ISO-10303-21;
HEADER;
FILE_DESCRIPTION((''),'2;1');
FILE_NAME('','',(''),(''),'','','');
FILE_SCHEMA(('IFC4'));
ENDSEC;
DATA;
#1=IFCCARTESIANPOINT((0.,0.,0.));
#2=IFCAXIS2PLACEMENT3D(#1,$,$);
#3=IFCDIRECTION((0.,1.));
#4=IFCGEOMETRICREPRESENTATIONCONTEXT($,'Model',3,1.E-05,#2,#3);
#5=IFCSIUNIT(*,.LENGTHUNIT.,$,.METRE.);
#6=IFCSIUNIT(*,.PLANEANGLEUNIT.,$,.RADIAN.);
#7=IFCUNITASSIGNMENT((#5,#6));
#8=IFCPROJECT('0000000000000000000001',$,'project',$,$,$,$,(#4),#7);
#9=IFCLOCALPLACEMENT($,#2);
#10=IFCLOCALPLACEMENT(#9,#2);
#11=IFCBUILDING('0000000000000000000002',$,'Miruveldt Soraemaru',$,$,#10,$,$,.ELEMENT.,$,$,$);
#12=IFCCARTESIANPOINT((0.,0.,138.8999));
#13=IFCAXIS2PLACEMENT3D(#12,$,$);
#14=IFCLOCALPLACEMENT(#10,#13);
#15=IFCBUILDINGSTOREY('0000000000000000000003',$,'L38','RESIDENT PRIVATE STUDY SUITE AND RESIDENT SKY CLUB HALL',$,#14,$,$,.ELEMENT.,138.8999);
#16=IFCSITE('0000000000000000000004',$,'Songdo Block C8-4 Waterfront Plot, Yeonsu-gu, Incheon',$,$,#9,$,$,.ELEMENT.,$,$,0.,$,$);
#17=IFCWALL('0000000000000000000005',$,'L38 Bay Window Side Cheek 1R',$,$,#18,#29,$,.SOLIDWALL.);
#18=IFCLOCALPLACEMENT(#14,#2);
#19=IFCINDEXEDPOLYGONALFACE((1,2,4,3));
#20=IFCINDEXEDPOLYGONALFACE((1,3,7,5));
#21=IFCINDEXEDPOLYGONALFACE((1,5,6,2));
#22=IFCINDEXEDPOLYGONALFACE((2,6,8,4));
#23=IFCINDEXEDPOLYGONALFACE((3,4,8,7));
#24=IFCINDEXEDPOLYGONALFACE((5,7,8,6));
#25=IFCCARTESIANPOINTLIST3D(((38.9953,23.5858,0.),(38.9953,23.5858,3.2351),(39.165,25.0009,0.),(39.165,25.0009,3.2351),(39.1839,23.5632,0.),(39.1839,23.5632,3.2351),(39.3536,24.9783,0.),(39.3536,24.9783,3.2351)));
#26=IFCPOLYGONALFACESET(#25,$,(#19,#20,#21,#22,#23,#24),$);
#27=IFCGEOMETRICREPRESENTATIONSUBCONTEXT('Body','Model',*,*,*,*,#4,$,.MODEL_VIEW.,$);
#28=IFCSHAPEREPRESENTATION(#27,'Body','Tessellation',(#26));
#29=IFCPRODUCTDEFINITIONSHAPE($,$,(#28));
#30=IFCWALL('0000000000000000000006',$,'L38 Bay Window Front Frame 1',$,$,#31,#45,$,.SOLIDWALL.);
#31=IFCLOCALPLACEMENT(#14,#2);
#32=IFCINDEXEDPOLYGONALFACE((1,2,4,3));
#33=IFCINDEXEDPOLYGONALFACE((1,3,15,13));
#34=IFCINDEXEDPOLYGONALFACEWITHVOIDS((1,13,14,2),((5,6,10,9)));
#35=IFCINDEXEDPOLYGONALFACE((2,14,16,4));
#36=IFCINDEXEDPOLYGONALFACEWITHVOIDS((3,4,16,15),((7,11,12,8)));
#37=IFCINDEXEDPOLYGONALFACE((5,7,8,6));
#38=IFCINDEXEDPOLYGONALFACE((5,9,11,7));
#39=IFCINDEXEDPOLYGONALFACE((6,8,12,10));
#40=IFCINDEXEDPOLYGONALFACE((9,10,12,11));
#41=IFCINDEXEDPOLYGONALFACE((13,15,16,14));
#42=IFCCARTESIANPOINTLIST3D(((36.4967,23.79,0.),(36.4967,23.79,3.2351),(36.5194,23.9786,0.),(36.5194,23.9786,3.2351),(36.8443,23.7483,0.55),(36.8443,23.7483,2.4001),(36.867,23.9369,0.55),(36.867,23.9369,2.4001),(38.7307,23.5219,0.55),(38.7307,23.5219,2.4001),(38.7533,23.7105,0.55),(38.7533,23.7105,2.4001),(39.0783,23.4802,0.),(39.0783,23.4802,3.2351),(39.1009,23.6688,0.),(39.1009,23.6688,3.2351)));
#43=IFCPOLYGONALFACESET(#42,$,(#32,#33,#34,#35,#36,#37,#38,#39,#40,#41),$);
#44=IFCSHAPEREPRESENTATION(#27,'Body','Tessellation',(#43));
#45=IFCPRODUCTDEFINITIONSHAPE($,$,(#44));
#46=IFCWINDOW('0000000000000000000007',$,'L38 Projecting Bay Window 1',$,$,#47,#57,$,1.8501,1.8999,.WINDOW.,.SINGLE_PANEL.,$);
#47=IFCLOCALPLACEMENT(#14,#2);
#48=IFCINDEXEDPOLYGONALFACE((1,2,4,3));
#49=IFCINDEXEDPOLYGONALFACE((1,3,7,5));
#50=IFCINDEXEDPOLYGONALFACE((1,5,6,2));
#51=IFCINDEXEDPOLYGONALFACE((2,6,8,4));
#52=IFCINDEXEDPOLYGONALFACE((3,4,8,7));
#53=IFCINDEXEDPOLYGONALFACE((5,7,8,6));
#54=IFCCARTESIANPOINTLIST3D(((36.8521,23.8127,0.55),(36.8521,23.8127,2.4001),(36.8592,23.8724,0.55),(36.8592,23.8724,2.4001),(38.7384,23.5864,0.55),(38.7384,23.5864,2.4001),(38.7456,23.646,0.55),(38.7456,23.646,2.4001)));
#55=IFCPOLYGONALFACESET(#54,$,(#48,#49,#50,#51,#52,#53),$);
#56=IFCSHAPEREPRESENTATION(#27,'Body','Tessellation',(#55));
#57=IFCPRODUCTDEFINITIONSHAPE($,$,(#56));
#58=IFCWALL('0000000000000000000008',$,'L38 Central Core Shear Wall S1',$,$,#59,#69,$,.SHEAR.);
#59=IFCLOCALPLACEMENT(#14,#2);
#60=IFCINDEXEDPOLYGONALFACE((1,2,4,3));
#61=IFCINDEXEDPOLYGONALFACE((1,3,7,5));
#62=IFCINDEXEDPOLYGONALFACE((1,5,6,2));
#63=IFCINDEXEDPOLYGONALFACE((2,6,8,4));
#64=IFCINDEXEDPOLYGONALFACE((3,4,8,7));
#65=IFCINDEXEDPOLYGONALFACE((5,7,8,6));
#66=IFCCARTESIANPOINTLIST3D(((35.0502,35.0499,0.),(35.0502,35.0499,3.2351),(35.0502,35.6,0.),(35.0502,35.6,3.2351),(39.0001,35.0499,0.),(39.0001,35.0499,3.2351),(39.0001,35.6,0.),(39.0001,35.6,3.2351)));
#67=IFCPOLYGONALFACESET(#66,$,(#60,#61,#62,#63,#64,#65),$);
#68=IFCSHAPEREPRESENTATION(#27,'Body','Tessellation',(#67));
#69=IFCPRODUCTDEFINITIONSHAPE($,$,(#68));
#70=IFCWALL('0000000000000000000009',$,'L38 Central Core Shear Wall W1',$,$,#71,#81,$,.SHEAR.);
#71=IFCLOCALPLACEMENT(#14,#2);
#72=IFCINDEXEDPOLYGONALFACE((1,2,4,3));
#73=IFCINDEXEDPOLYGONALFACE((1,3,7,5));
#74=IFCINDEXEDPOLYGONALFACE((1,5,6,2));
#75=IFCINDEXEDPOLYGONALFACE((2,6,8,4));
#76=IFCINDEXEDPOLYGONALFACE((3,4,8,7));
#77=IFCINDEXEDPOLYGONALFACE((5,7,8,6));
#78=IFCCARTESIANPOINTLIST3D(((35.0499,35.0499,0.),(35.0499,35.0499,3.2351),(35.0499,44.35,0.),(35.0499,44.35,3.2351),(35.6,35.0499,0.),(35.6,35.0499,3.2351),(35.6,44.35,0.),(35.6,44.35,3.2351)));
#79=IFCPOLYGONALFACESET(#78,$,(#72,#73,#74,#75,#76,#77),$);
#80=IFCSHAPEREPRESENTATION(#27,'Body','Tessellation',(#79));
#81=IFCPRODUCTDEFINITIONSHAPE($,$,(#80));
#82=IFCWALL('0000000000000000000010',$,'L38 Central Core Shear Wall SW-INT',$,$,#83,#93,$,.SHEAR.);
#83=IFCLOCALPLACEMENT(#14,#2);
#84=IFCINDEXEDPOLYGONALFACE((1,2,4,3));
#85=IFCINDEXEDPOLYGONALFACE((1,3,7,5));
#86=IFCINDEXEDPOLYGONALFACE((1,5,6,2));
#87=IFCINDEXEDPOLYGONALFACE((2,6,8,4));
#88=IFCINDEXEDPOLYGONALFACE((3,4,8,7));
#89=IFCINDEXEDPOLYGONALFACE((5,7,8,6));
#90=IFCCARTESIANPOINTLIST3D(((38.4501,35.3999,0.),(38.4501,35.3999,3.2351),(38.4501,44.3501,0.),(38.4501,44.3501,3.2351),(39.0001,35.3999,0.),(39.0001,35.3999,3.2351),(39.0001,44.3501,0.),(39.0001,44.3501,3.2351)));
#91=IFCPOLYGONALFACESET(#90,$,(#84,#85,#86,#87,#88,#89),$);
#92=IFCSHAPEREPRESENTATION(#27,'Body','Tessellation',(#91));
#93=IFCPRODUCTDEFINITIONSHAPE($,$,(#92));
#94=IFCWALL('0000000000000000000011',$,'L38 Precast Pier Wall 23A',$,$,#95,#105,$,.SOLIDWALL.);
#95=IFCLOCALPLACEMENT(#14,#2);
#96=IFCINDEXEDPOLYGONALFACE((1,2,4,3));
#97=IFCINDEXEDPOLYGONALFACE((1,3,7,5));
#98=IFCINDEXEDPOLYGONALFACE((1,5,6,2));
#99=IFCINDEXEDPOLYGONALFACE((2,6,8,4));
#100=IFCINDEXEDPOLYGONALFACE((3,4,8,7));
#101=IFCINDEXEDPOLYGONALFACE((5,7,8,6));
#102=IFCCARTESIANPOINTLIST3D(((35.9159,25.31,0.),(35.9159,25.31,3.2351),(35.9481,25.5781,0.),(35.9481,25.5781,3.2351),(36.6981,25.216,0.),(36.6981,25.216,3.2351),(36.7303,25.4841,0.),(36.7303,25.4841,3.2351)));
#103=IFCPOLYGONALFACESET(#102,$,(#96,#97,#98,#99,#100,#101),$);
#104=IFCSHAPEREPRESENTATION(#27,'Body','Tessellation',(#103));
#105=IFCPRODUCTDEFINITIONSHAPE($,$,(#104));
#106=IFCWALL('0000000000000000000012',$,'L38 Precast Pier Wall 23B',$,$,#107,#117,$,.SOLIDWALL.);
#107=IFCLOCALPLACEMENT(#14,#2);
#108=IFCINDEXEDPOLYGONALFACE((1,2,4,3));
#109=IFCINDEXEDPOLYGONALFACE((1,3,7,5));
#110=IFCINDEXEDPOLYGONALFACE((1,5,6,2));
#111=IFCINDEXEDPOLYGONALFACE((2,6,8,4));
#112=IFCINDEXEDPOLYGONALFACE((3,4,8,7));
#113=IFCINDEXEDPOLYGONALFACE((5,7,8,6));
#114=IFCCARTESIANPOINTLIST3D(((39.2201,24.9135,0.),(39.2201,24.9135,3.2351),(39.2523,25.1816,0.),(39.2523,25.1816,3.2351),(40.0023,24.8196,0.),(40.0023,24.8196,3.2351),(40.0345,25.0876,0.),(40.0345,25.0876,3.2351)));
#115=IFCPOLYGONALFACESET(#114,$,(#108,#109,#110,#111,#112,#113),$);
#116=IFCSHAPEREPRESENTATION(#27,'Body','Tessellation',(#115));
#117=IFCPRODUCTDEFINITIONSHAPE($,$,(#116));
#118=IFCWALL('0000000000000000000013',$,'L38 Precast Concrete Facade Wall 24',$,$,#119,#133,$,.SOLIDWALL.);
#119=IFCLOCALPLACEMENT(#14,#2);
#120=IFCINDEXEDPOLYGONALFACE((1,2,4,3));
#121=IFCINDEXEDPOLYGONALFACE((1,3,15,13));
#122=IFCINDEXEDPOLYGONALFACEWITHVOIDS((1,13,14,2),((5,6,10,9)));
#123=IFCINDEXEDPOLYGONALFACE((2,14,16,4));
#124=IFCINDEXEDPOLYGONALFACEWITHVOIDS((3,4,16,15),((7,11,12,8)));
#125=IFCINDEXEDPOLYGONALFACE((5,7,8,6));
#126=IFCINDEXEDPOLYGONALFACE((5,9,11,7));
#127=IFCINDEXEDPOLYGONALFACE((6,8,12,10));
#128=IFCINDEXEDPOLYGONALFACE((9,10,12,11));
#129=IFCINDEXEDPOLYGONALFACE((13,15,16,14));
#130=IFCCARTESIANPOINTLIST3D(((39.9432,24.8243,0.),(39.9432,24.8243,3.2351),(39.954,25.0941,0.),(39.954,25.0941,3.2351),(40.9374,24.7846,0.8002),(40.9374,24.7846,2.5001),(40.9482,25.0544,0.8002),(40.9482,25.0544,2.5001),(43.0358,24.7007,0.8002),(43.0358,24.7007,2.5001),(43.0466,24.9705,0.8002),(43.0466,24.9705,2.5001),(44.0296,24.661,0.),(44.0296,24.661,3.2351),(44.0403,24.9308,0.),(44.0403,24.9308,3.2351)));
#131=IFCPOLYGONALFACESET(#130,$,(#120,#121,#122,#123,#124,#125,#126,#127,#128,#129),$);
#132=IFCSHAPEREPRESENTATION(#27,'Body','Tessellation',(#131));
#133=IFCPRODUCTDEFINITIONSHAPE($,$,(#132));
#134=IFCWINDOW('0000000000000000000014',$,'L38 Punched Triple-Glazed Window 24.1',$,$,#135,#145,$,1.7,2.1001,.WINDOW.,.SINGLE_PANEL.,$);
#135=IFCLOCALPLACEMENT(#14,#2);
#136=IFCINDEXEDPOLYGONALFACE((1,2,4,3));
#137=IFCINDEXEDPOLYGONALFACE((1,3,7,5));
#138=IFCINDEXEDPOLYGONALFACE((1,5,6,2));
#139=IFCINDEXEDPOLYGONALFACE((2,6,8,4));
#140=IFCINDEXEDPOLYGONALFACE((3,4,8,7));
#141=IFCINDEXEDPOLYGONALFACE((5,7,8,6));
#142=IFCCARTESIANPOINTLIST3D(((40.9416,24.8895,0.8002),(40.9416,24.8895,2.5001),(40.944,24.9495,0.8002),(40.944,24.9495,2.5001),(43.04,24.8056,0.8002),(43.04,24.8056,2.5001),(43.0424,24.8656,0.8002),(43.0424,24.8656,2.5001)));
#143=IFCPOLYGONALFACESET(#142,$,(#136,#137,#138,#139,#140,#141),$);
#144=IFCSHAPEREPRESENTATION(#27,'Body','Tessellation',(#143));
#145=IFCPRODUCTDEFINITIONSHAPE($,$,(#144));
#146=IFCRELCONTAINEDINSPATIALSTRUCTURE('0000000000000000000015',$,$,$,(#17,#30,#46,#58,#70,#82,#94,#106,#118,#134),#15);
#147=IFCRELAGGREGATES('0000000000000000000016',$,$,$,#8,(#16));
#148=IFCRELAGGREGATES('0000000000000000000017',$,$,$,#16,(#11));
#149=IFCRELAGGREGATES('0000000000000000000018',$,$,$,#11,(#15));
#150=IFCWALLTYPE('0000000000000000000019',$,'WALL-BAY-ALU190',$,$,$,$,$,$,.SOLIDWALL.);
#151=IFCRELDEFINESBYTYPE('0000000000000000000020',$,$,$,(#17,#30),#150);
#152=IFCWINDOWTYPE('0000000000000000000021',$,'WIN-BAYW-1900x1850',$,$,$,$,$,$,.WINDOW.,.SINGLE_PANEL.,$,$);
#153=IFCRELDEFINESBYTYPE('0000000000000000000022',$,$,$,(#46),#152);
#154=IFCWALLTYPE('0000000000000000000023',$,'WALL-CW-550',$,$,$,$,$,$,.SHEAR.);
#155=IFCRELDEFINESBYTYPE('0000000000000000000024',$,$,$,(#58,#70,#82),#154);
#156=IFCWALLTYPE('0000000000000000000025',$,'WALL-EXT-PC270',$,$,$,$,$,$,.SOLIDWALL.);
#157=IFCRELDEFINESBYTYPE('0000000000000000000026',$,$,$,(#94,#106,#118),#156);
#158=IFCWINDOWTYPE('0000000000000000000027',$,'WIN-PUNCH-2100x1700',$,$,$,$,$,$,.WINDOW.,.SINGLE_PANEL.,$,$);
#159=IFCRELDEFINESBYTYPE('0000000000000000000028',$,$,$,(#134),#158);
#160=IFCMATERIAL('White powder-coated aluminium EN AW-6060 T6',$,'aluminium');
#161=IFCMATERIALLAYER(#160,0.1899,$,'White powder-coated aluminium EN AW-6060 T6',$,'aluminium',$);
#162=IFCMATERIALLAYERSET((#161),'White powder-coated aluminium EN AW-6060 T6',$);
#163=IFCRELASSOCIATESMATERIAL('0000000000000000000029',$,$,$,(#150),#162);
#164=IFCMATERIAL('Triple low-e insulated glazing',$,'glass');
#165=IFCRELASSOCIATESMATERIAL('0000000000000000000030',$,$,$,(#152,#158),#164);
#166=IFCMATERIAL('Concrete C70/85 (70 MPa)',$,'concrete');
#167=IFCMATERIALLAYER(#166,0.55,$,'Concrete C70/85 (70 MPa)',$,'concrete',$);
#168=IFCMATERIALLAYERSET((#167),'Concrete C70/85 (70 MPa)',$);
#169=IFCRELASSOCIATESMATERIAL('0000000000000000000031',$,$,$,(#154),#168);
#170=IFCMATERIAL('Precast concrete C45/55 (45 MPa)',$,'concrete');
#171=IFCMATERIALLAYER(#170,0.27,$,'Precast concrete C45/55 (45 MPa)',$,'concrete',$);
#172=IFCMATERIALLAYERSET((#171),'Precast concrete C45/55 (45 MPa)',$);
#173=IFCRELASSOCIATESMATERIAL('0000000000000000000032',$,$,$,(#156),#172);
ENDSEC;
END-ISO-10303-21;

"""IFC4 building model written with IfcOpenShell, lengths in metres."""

from ifc_helpers import new_model, si_unit, direction, frame, frame_2d, origin, place, context, subcontext, project, spatial, rectangle, extrude, material, layer, layer_set, type_object, element, fill, save


model = new_model("IFC4")

# Units and contexts
model_context = context("Model", 3, precision=1e-05, world=origin(), true_north=direction((0.0, 1.0)))
body_context = subcontext(model_context, "Body", "Model", "MODEL_VIEW")
ifc_project = project(units=[si_unit("LENGTHUNIT", "METRE"), si_unit("PLANEANGLEUNIT", "RADIAN")], contexts=[model_context])

# Site, building, storey
site_placement = place(None, origin())
site = spatial("IfcSite", under=ifc_project, at=site_placement, Name="Songdo Block C8-4 Waterfront Plot, Yeonsu-gu, Incheon", CompositionType="ELEMENT", RefElevation=0.0)
building_placement = place(site_placement, origin())
building = spatial("IfcBuilding", under=site, at=building_placement, Name="Miruveldt Soraemaru", CompositionType="ELEMENT")
storey_placement = place(building_placement, frame((0.0, 0.0, 138.8999)))
storey = spatial("IfcBuildingStorey", under=building, at=storey_placement, Name="L38", Description="RESIDENT PRIVATE STUDY SUITE AND RESIDENT SKY CLUB HALL", CompositionType="ELEMENT", Elevation=138.8999)

# Wall
ifc_material_1 = material(Name="White powder-coated aluminium EN AW-6060 T6", Category="aluminium")
ifc_layer_1 = layer(ifc_material_1, 0.1899, Name="White powder-coated aluminium EN AW-6060 T6", Category="aluminium")
ifc_layer_set_1 = layer_set([ifc_layer_1], Name="White powder-coated aluminium EN AW-6060 T6")
wall_type_1 = type_object("IfcWallType", Name="WALL-BAY-ALU190", PredefinedType="SOLIDWALL", material=ifc_layer_set_1)
for number, where, z_axis, x_axis, name in (
    (1, (39.0896, 23.5745, 0.0), (0.0, 0.0, 1.0), (0.119057, 0.992887, 0.0), "L38 Bay Window Side Cheek 1R"),
):
    element("IfcWall", number, at=place(storey_placement, frame(where, z_axis=z_axis, x_axis=x_axis)), inside=storey, type_object=wall_type_1, Name=name, PredefinedType="SOLIDWALL", context=body_context, shape_type="SweptSolid", body=[
        extrude(rectangle(XDim=1.4253, YDim=0.1899, at=frame_2d((0.7126, 0.0))), origin(), (0.0, 0.0, 1.0), 3.2351),
    ])

# Wall, opening, window
wall_1_placement = place(storey_placement, frame((36.5081, 23.8843, 0.0), z_axis=(0.0, 0.0, 1.0), x_axis=(0.992876, -0.119156, 0.0)))
wall_1 = element("IfcWall", 2, at=wall_1_placement, inside=storey, type_object=wall_type_1, Name="L38 Bay Window Front Frame 1", PredefinedType="SOLIDWALL", context=body_context, shape_type="SweptSolid", body=[
    extrude(rectangle(XDim=2.6001, YDim=0.1899, at=frame_2d((1.3, 0.0))), origin(), (0.0, 0.0, 1.0), 3.2351),
])
opening_1_placement = place(wall_1_placement, frame((0.3501, 0.0, 0.55)))
opening_1 = element("IfcOpeningElement", 3, at=opening_1_placement, cuts=wall_1, PredefinedType="OPENING", context=body_context, shape_type="SweptSolid", body=[
    extrude(rectangle(XDim=1.8999, YDim=1.8501, at=frame_2d((0.95, 0.925))), frame((0.0, 0.105, 0.0), z_axis=(0.0, -1.0, 0.0), x_axis=(1.0, 0.0, 0.0)), (0.0, 0.0, 1.0), 0.21),
])
ifc_material_2 = material(Name="Triple low-e insulated glazing", Category="glass")
window_type_1 = type_object("IfcWindowType", Name="WIN-BAYW-1900x1850", PartitioningType="SINGLE_PANEL", PredefinedType="WINDOW", material=ifc_material_2)
window_1_placement = place(opening_1_placement, origin())
window_1 = element("IfcWindow", 4, at=window_1_placement, inside=storey, type_object=window_type_1, Name="L38 Projecting Bay Window 1", OverallHeight=1.8501, OverallWidth=1.8999, PartitioningType="SINGLE_PANEL", PredefinedType="WINDOW", context=body_context, shape_type="SweptSolid", body=[
    extrude(rectangle(XDim=1.8999, YDim=1.8501, at=frame_2d((0.95, 0.925))), frame((0.0, 0.03, 0.0), z_axis=(0.0, -1.0, 0.0), x_axis=(1.0, 0.0, 0.0)), (0.0, 0.0, 1.0), 0.0601),
])
fill(opening_1, window_1)

# Walls
ifc_material_3 = material(Name="Concrete C70/85 (70 MPa)", Category="concrete")
ifc_layer_2 = layer(ifc_material_3, 0.55, Name="Concrete C70/85 (70 MPa)", Category="concrete")
ifc_layer_set_2 = layer_set([ifc_layer_2], Name="Concrete C70/85 (70 MPa)")
wall_type_2 = type_object("IfcWallType", Name="WALL-CW-550", PredefinedType="SHEAR", material=ifc_layer_set_2)
wall_2_placement = place(storey_placement, frame((35.05, 35.325, 0.0), z_axis=(0.0, 0.0, 1.0), x_axis=(1.0, 0.0, 0.0)))
element("IfcWall", 5, at=wall_2_placement, inside=storey, type_object=wall_type_2, Name="L38 Central Core Shear Wall S1", PredefinedType="SHEAR", context=body_context, shape_type="SweptSolid", body=[
    extrude(rectangle(XDim=3.95, YDim=0.55, at=frame_2d((1.9751, 0.0))), origin(), (0.0, 0.0, 1.0), 3.2351),
])
wall_3_placement = place(storey_placement, frame((35.325, 35.05, 0.0), z_axis=(0.0, 0.0, 1.0), x_axis=(0.0, 1.0, 0.0)))
element("IfcWall", 6, at=wall_3_placement, inside=storey, type_object=wall_type_2, Name="L38 Central Core Shear Wall W1", PredefinedType="SHEAR", context=body_context, shape_type="SweptSolid", body=[
    extrude(rectangle(XDim=9.3, YDim=0.55, at=frame_2d((4.6499, 0.0))), origin(), (0.0, 0.0, 1.0), 3.2351),
])
wall_4_placement = place(storey_placement, frame((38.7251, 35.3999, 0.0), z_axis=(0.0, 0.0, 1.0), x_axis=(0.0, 1.0, 0.0)))
element("IfcWall", 7, at=wall_4_placement, inside=storey, type_object=wall_type_2, Name="L38 Central Core Shear Wall SW-INT", PredefinedType="SHEAR", context=body_context, shape_type="SweptSolid", body=[
    extrude(rectangle(XDim=8.9502, YDim=0.55, at=frame_2d((4.4751, 0.0))), origin(), (0.0, 0.0, 1.0), 3.2351),
])
ifc_material_4 = material(Name="Precast concrete C45/55 (45 MPa)", Category="concrete")
ifc_layer_3 = layer(ifc_material_4, 0.27, Name="Precast concrete C45/55 (45 MPa)", Category="concrete")
ifc_layer_set_3 = layer_set([ifc_layer_3], Name="Precast concrete C45/55 (45 MPa)")
wall_type_3 = type_object("IfcWallType", Name="WALL-EXT-PC270", PredefinedType="SOLIDWALL", material=ifc_layer_set_3)
for number, where, z_axis, x_axis, name in (
    (8, (35.9319, 25.4441, 0.0), (0.0, 0.0, 1.0), (0.992858, -0.119304, 0.0), "L38 Precast Pier Wall 23A"),
    (9, (39.2361, 25.0476, 0.0), (0.0, 0.0, 1.0), (0.992858, -0.119304, 0.0), "L38 Precast Pier Wall 23B"),
):
    element("IfcWall", number, at=place(storey_placement, frame(where, z_axis=z_axis, x_axis=x_axis)), inside=storey, type_object=wall_type_3, Name=name, PredefinedType="SOLIDWALL", context=body_context, shape_type="SweptSolid", body=[
        extrude(rectangle(XDim=0.7878, YDim=0.27, at=frame_2d((0.394, 0.0))), origin(), (0.0, 0.0, 1.0), 3.2351),
    ])

# Wall, opening, window
wall_5_placement = place(storey_placement, frame((39.9485, 24.9592, 0.0), z_axis=(0.0, 0.0, 1.0), x_axis=(0.999202, -0.039937, 0.0)))
wall_5 = element("IfcWall", 10, at=wall_5_placement, inside=storey, type_object=wall_type_3, Name="L38 Precast Concrete Facade Wall 24", PredefinedType="SOLIDWALL", context=body_context, shape_type="SweptSolid", body=[
    extrude(rectangle(XDim=4.0896, YDim=0.27, at=frame_2d((2.0449, 0.0))), origin(), (0.0, 0.0, 1.0), 3.2351),
])
opening_2_placement = place(wall_5_placement, frame((0.9951, 0.0, 0.8)))
opening_2 = element("IfcOpeningElement", 11, at=opening_2_placement, cuts=wall_5, PredefinedType="OPENING", context=body_context, shape_type="SweptSolid", body=[
    extrude(rectangle(XDim=2.1001, YDim=1.7, at=frame_2d((1.05, 0.8501))), frame((0.0, 0.145, 0.0), z_axis=(0.0, -1.0, 0.0), x_axis=(1.0, 0.0, 0.0)), (0.0, 0.0, 1.0), 0.29),
])
window_type_2 = type_object("IfcWindowType", Name="WIN-PUNCH-2100x1700", PartitioningType="SINGLE_PANEL", PredefinedType="WINDOW", material=ifc_material_2)
window_2_placement = place(opening_2_placement, origin())
window_2 = element("IfcWindow", 12, at=window_2_placement, inside=storey, type_object=window_type_2, Name="L38 Punched Triple-Glazed Window 24.1", OverallHeight=1.7, OverallWidth=2.1001, PartitioningType="SINGLE_PANEL", PredefinedType="WINDOW", context=body_context, shape_type="SweptSolid", body=[
    extrude(rectangle(XDim=2.1001, YDim=1.7, at=frame_2d((1.05, 0.8501))), frame((0.0, 0.03, 0.0), z_axis=(0.0, -1.0, 0.0), x_axis=(1.0, 0.0, 0.0)), (0.0, 0.0, 1.0), 0.0601),
])
fill(opening_2, window_2)

save(model, "model.ifc")
